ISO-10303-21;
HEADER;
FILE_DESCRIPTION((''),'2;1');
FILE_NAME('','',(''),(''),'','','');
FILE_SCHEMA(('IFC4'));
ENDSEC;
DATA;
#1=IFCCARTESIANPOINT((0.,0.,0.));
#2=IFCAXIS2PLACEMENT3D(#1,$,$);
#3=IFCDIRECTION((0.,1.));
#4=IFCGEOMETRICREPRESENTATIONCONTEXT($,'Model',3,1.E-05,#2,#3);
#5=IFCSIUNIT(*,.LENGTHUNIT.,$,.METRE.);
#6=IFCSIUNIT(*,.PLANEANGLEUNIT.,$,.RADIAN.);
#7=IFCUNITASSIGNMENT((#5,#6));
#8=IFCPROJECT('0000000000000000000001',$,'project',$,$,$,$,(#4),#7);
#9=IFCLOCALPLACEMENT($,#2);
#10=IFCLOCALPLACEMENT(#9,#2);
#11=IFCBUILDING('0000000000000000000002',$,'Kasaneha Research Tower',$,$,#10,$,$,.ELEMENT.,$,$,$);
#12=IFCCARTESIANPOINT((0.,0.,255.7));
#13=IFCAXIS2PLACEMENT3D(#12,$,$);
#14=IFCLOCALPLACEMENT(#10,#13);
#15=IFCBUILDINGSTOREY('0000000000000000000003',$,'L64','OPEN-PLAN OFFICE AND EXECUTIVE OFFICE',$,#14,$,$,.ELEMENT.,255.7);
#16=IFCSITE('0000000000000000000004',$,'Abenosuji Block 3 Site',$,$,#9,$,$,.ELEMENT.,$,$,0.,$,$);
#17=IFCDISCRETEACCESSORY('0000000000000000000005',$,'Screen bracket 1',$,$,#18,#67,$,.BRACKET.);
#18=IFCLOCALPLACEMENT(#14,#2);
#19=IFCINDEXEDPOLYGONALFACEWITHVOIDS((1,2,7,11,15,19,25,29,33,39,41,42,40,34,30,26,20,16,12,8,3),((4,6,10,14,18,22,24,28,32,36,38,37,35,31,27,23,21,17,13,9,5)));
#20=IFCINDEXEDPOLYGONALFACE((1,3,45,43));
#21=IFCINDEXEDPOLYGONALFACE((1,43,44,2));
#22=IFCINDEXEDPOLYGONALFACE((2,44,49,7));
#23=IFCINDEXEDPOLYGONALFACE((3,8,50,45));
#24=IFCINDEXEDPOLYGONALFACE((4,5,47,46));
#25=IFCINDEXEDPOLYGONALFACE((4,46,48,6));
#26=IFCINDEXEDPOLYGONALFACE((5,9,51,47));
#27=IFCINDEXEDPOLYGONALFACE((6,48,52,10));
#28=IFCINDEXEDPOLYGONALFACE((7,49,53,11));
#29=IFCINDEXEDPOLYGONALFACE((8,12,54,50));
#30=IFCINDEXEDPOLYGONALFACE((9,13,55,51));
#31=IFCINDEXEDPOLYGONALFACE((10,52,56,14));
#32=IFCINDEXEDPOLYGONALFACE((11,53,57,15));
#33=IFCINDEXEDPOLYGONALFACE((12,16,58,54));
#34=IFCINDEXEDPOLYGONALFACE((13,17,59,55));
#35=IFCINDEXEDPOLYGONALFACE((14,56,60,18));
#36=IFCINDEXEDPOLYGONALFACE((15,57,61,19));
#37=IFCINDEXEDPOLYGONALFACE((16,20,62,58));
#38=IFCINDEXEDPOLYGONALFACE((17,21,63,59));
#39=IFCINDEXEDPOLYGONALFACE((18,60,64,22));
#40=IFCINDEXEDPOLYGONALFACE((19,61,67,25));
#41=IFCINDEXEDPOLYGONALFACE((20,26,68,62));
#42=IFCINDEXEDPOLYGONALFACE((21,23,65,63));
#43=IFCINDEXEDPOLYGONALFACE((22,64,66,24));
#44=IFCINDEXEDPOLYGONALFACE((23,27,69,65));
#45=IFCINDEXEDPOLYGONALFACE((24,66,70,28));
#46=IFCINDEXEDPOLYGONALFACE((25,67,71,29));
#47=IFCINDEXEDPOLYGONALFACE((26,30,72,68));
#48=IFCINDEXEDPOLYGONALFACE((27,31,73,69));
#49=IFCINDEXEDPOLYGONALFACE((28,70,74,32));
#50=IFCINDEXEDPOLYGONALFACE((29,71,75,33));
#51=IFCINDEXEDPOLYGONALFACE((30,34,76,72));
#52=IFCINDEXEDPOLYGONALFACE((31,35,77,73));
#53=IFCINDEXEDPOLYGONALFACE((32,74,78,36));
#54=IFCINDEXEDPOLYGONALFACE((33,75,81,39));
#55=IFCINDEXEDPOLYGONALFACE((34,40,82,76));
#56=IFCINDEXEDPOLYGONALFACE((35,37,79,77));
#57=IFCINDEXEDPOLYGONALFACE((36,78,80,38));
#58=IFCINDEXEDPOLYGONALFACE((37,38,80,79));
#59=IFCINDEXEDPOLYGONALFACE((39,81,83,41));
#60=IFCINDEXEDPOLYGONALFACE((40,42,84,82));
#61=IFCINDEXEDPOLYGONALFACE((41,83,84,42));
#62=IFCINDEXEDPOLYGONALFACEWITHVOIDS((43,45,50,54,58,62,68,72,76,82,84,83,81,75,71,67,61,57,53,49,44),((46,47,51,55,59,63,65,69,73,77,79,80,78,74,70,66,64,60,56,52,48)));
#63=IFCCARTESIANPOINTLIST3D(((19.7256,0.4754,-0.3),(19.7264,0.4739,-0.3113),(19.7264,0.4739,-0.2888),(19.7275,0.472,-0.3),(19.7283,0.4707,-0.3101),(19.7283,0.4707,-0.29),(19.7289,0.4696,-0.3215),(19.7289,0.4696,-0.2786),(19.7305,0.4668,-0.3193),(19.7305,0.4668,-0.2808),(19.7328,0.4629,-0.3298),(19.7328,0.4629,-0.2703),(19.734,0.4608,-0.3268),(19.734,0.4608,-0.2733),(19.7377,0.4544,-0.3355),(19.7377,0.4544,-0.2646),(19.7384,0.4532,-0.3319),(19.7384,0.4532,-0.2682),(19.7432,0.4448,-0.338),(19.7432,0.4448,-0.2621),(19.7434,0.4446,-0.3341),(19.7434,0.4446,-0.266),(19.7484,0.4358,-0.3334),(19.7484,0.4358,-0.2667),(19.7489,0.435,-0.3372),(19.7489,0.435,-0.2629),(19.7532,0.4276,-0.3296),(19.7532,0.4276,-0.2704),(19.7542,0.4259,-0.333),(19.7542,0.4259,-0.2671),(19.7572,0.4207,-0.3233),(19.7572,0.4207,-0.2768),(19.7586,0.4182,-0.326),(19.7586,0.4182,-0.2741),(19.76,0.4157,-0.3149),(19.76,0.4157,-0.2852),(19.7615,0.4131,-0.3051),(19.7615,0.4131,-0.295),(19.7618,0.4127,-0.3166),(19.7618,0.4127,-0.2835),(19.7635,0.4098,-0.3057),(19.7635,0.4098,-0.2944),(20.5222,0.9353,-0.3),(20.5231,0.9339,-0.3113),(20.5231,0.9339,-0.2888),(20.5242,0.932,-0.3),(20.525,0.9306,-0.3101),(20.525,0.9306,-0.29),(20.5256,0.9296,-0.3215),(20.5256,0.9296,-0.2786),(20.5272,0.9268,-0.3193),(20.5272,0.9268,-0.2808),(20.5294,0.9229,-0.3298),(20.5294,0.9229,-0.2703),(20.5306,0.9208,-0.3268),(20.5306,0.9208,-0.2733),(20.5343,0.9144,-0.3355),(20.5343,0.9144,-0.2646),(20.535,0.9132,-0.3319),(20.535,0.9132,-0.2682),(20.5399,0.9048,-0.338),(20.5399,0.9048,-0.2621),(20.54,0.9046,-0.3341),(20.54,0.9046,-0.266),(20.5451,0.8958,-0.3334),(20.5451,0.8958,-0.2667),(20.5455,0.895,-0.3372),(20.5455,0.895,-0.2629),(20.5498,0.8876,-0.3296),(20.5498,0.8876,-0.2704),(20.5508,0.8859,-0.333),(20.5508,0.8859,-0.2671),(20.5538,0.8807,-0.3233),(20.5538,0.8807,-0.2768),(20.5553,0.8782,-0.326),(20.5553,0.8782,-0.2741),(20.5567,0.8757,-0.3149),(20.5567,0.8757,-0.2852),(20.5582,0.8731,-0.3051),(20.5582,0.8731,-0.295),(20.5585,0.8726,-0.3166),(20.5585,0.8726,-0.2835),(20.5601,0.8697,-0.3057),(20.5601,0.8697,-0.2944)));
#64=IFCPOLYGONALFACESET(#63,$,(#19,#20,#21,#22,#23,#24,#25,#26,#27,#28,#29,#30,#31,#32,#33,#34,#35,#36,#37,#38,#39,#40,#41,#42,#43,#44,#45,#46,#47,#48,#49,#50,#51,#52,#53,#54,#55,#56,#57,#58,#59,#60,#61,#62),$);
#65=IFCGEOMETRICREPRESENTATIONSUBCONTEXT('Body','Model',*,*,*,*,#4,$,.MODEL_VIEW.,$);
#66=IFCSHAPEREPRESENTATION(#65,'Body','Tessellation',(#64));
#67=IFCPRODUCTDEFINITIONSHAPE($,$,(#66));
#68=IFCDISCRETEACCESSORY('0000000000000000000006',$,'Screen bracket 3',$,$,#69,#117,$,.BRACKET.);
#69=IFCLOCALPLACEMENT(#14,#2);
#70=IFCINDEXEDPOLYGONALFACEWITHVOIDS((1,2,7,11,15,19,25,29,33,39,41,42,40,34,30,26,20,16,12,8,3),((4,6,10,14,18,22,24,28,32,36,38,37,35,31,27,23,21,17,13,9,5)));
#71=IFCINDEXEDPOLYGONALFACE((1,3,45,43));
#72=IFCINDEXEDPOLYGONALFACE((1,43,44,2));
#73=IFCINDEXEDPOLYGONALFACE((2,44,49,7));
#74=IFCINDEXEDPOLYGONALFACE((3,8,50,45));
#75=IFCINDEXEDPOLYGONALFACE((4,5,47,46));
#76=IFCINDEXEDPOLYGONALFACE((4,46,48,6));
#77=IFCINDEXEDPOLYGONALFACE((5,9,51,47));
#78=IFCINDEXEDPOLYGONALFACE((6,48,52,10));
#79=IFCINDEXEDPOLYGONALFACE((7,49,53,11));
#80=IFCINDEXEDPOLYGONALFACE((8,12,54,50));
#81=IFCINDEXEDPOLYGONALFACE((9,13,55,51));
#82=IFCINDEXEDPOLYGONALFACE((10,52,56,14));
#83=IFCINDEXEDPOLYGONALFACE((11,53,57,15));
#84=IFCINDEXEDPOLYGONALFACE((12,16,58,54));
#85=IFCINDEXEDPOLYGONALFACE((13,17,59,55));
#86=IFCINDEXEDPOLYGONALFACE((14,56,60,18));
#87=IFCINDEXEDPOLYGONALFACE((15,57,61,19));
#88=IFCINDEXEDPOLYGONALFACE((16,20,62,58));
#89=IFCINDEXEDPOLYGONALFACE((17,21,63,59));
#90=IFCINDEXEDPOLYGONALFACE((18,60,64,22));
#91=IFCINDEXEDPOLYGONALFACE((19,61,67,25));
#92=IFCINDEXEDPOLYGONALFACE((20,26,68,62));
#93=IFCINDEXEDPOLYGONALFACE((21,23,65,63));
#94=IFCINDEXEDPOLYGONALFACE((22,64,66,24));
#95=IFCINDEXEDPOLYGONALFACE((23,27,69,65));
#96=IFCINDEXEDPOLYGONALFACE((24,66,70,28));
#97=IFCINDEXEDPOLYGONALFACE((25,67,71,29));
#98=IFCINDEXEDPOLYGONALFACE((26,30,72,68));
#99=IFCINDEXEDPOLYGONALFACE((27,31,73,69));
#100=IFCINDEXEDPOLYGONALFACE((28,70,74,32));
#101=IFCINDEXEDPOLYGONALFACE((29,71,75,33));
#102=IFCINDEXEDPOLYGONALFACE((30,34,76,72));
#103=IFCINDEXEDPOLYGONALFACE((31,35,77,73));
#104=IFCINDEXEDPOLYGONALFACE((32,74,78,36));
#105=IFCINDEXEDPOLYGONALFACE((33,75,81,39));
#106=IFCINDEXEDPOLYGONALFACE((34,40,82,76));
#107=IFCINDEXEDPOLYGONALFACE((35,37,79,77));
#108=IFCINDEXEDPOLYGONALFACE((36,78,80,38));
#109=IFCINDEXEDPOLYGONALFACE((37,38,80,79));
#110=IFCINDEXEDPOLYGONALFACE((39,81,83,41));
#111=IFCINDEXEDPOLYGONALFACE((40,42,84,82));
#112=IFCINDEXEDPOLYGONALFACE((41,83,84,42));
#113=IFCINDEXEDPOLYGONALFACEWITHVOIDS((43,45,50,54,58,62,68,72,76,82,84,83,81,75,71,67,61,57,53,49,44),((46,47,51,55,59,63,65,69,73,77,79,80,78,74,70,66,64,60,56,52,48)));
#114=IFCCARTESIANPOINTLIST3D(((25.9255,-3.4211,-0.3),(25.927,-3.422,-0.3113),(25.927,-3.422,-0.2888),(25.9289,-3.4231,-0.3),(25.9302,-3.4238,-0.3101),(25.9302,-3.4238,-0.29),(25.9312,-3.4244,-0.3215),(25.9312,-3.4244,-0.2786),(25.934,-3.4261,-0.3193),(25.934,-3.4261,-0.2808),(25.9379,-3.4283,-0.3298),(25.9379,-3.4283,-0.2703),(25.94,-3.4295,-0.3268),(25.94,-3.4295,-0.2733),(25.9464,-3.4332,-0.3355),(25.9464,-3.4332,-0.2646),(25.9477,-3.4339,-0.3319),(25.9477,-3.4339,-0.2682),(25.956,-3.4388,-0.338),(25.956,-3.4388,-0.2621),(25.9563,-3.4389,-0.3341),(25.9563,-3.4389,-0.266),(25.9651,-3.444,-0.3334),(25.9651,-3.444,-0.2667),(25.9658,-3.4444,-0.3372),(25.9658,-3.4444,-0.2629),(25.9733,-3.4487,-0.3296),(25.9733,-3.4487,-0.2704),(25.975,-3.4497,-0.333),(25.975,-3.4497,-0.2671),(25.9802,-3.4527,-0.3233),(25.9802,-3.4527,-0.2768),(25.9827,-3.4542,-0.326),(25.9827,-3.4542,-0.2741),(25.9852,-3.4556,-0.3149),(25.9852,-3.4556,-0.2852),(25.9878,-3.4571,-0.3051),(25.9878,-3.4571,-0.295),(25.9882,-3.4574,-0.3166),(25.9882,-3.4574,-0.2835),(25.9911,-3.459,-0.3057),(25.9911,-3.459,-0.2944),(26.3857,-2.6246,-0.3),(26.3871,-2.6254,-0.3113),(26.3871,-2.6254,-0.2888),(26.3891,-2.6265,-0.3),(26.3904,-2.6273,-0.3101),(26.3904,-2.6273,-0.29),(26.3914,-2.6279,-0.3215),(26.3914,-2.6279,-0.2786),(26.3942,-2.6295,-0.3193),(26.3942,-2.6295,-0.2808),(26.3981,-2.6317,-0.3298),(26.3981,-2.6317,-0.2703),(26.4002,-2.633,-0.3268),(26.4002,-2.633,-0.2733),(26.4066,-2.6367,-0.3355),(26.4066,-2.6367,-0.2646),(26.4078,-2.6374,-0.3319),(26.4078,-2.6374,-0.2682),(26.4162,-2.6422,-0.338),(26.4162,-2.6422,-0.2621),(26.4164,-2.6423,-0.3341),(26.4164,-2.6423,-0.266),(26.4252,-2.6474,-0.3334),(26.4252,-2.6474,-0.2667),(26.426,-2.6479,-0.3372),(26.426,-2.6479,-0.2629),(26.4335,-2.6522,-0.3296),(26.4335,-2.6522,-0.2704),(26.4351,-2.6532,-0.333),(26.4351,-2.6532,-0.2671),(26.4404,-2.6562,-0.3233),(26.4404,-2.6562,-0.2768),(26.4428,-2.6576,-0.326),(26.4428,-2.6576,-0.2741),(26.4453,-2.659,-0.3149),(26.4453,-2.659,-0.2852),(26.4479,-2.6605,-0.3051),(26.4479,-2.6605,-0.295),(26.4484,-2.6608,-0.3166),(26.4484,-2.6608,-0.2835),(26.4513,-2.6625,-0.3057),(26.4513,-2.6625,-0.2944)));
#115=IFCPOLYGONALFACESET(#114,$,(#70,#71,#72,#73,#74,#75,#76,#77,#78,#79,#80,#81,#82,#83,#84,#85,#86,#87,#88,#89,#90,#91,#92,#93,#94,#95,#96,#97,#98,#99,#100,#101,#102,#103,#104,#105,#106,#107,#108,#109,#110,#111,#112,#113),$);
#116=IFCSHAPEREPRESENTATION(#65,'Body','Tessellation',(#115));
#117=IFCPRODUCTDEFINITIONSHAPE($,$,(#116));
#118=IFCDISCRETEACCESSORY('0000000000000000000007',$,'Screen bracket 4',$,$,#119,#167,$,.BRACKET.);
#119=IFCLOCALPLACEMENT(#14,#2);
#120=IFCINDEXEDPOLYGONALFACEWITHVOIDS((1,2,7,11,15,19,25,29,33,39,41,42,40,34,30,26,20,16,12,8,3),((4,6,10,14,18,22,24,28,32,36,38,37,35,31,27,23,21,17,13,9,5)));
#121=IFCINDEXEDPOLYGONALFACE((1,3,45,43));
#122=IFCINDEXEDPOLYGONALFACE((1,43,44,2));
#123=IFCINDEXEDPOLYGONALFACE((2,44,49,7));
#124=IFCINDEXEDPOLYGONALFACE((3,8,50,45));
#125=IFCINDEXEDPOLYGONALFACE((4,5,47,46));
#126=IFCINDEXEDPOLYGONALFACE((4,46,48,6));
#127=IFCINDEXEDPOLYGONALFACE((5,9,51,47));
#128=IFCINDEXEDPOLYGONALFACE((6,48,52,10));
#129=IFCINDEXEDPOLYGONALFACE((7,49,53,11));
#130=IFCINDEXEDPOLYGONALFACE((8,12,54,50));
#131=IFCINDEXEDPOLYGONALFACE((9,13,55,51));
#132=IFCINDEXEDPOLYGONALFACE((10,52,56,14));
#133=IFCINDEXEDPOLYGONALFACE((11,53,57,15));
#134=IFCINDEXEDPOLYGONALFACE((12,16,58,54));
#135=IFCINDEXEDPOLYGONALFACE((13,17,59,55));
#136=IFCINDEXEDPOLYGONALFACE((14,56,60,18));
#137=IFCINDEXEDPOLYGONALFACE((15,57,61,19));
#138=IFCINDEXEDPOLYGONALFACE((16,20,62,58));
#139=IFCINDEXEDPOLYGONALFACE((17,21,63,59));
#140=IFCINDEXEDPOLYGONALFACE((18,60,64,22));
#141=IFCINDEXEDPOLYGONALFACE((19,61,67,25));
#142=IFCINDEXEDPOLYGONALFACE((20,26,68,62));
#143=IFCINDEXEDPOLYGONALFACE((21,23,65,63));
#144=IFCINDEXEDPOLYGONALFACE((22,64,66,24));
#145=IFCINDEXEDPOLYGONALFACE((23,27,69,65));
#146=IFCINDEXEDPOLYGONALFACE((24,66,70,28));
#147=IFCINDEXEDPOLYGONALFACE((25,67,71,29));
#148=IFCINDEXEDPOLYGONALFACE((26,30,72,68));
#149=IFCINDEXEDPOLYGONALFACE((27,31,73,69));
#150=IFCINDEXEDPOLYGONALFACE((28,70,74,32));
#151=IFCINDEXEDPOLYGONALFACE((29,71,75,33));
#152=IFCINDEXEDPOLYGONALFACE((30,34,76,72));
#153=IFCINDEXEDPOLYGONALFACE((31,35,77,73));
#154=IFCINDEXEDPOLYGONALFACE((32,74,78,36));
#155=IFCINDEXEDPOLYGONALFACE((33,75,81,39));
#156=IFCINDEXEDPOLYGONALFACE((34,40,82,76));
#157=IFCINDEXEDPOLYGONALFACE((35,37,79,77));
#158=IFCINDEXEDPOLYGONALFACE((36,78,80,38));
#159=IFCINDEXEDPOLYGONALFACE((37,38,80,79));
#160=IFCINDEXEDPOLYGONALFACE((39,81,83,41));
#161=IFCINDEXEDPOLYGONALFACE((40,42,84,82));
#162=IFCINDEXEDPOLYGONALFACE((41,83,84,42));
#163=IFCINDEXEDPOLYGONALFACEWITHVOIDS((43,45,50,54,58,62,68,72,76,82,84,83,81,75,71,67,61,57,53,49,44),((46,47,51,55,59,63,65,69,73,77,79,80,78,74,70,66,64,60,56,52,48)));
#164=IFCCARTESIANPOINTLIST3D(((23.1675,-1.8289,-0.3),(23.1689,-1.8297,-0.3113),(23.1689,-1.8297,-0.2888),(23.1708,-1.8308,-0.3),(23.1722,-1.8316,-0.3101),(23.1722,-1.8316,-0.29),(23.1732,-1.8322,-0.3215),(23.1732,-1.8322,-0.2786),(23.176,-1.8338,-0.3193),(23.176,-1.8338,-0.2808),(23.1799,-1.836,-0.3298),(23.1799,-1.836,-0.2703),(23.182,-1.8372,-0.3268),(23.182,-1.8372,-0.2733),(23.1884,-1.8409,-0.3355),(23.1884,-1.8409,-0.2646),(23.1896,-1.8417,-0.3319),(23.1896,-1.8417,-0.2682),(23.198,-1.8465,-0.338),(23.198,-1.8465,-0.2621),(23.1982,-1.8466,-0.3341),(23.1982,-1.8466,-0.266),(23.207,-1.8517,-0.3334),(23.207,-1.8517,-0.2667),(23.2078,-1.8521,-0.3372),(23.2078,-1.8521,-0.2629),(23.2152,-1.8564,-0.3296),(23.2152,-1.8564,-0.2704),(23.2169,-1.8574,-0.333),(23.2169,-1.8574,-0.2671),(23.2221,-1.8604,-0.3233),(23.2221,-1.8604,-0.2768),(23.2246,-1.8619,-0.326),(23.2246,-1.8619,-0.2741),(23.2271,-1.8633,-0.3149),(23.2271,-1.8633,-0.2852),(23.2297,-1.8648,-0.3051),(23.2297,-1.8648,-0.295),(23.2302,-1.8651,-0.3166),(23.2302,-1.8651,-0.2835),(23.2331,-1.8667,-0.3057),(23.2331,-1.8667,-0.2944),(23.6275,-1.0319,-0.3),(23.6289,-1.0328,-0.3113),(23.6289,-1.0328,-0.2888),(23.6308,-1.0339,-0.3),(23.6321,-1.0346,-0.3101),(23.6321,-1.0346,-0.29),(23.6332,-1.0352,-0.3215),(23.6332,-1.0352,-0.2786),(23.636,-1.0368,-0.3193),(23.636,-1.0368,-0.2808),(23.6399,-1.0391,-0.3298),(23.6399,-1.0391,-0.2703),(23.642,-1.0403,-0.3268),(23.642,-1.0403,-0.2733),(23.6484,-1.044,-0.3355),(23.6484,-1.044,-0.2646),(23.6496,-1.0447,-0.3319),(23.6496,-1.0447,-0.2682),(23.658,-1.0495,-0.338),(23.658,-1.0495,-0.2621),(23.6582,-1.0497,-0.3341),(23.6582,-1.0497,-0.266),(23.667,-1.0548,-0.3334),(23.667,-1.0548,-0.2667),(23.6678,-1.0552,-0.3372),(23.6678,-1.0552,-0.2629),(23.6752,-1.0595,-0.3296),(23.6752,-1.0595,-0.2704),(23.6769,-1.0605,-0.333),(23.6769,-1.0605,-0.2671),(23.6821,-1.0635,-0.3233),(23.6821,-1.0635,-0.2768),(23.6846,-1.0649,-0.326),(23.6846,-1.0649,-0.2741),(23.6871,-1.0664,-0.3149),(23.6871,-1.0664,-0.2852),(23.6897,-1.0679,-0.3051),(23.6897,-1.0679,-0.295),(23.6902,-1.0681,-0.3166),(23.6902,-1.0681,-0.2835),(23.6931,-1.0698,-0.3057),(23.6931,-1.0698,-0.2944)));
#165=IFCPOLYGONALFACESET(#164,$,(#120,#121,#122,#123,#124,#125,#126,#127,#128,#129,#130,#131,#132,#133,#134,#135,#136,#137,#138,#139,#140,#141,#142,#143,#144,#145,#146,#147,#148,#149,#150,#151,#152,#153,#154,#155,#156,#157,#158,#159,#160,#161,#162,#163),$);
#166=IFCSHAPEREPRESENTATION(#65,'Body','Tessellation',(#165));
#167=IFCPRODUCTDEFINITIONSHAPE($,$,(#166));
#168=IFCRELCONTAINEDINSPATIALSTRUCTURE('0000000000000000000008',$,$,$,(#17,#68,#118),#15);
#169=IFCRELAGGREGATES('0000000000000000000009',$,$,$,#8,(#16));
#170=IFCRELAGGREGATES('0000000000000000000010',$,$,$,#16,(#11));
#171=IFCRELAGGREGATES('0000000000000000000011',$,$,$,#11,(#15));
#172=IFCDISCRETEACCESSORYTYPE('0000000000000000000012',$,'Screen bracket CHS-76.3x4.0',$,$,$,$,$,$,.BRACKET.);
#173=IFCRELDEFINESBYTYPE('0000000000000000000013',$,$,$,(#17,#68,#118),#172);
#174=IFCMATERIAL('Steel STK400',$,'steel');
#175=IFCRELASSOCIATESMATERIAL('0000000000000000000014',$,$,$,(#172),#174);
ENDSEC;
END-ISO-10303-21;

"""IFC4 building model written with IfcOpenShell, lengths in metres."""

from ifc_helpers import new_model, si_unit, direction, frame, origin, origin_2d, place, context, subcontext, project, spatial, hollow_circle, extrude, material, material_profile, profile_set, type_object, element, save


model = new_model("IFC4")

# Units and contexts
model_context = context("Model", 3, precision=1e-05, world=origin(), true_north=direction((0.0, 1.0)))
body_context = subcontext(model_context, "Body", "Model", "MODEL_VIEW")
ifc_project = project(units=[si_unit("LENGTHUNIT", "METRE"), si_unit("PLANEANGLEUNIT", "RADIAN")], contexts=[model_context])

# Site, building, storey
site_placement = place(None, origin())
site = spatial("IfcSite", under=ifc_project, at=site_placement, Name="Abenosuji Block 3 Site", CompositionType="ELEMENT", RefElevation=0.0)
building_placement = place(site_placement, origin())
building = spatial("IfcBuilding", under=site, at=building_placement, Name="Kasaneha Research Tower", CompositionType="ELEMENT")
storey_placement = place(building_placement, frame((0.0, 0.0, 255.7)))
storey = spatial("IfcBuildingStorey", under=building, at=storey_placement, Name="L64", Description="OPEN-PLAN OFFICE AND EXECUTIVE OFFICE", CompositionType="ELEMENT", Elevation=255.7)

# Discrete accessories
ifc_material_1 = material(Name="Steel STK400", Category="steel")
ifc_material_profile_1 = material_profile(ifc_material_1, hollow_circle(Radius=0.0381, WallThickness=0.0039, at=origin_2d()), Name="CHS-76.3x4.0")
ifc_profile_set_1 = profile_set([ifc_material_profile_1], Name="Steel STK400")
discrete_accessory_type = type_object("IfcDiscreteAccessoryType", Name="Screen bracket CHS-76.3x4.0", PredefinedType="BRACKET", material=ifc_profile_set_1)
for number, where, z_axis, x_axis, name in (
    (1, (19.7446, 0.4424, -0.3), (0.866013, 0.500021, 0.0), (-0.500021, 0.866013, 0.0), "Screen bracket 1"),
    (2, (25.9585, -3.4402, -0.3), (0.50022, 0.865898, 0.0), (-0.865898, 0.50022, 0.0), "Screen bracket 3"),
):
    element("IfcDiscreteAccessory", number, at=place(storey_placement, frame(where, z_axis=z_axis, x_axis=x_axis)), inside=storey, type_object=discrete_accessory_type, Name=name, PredefinedType="BRACKET", context=body_context, shape_type="SweptSolid", body=[
        extrude(hollow_circle(Radius=0.0381, WallThickness=0.0039, at=origin_2d()), origin(), (0.0, 0.0, 1.0), 0.9199),
    ])
discrete_accessory_1_placement = place(storey_placement, frame((23.2004, -1.8479, -0.3), z_axis=(0.499906, 0.86608, 0.0), x_axis=(-0.86608, 0.499906, 0.0)))
element("IfcDiscreteAccessory", 3, at=discrete_accessory_1_placement, inside=storey, type_object=discrete_accessory_type, Name="Screen bracket 4", PredefinedType="BRACKET", context=body_context, shape_type="SweptSolid", body=[
    extrude(hollow_circle(Radius=0.0381, WallThickness=0.0039, at=origin_2d()), origin(), (0.0, 0.0, 1.0), 0.9202),
])

save(model, "model.ifc")
